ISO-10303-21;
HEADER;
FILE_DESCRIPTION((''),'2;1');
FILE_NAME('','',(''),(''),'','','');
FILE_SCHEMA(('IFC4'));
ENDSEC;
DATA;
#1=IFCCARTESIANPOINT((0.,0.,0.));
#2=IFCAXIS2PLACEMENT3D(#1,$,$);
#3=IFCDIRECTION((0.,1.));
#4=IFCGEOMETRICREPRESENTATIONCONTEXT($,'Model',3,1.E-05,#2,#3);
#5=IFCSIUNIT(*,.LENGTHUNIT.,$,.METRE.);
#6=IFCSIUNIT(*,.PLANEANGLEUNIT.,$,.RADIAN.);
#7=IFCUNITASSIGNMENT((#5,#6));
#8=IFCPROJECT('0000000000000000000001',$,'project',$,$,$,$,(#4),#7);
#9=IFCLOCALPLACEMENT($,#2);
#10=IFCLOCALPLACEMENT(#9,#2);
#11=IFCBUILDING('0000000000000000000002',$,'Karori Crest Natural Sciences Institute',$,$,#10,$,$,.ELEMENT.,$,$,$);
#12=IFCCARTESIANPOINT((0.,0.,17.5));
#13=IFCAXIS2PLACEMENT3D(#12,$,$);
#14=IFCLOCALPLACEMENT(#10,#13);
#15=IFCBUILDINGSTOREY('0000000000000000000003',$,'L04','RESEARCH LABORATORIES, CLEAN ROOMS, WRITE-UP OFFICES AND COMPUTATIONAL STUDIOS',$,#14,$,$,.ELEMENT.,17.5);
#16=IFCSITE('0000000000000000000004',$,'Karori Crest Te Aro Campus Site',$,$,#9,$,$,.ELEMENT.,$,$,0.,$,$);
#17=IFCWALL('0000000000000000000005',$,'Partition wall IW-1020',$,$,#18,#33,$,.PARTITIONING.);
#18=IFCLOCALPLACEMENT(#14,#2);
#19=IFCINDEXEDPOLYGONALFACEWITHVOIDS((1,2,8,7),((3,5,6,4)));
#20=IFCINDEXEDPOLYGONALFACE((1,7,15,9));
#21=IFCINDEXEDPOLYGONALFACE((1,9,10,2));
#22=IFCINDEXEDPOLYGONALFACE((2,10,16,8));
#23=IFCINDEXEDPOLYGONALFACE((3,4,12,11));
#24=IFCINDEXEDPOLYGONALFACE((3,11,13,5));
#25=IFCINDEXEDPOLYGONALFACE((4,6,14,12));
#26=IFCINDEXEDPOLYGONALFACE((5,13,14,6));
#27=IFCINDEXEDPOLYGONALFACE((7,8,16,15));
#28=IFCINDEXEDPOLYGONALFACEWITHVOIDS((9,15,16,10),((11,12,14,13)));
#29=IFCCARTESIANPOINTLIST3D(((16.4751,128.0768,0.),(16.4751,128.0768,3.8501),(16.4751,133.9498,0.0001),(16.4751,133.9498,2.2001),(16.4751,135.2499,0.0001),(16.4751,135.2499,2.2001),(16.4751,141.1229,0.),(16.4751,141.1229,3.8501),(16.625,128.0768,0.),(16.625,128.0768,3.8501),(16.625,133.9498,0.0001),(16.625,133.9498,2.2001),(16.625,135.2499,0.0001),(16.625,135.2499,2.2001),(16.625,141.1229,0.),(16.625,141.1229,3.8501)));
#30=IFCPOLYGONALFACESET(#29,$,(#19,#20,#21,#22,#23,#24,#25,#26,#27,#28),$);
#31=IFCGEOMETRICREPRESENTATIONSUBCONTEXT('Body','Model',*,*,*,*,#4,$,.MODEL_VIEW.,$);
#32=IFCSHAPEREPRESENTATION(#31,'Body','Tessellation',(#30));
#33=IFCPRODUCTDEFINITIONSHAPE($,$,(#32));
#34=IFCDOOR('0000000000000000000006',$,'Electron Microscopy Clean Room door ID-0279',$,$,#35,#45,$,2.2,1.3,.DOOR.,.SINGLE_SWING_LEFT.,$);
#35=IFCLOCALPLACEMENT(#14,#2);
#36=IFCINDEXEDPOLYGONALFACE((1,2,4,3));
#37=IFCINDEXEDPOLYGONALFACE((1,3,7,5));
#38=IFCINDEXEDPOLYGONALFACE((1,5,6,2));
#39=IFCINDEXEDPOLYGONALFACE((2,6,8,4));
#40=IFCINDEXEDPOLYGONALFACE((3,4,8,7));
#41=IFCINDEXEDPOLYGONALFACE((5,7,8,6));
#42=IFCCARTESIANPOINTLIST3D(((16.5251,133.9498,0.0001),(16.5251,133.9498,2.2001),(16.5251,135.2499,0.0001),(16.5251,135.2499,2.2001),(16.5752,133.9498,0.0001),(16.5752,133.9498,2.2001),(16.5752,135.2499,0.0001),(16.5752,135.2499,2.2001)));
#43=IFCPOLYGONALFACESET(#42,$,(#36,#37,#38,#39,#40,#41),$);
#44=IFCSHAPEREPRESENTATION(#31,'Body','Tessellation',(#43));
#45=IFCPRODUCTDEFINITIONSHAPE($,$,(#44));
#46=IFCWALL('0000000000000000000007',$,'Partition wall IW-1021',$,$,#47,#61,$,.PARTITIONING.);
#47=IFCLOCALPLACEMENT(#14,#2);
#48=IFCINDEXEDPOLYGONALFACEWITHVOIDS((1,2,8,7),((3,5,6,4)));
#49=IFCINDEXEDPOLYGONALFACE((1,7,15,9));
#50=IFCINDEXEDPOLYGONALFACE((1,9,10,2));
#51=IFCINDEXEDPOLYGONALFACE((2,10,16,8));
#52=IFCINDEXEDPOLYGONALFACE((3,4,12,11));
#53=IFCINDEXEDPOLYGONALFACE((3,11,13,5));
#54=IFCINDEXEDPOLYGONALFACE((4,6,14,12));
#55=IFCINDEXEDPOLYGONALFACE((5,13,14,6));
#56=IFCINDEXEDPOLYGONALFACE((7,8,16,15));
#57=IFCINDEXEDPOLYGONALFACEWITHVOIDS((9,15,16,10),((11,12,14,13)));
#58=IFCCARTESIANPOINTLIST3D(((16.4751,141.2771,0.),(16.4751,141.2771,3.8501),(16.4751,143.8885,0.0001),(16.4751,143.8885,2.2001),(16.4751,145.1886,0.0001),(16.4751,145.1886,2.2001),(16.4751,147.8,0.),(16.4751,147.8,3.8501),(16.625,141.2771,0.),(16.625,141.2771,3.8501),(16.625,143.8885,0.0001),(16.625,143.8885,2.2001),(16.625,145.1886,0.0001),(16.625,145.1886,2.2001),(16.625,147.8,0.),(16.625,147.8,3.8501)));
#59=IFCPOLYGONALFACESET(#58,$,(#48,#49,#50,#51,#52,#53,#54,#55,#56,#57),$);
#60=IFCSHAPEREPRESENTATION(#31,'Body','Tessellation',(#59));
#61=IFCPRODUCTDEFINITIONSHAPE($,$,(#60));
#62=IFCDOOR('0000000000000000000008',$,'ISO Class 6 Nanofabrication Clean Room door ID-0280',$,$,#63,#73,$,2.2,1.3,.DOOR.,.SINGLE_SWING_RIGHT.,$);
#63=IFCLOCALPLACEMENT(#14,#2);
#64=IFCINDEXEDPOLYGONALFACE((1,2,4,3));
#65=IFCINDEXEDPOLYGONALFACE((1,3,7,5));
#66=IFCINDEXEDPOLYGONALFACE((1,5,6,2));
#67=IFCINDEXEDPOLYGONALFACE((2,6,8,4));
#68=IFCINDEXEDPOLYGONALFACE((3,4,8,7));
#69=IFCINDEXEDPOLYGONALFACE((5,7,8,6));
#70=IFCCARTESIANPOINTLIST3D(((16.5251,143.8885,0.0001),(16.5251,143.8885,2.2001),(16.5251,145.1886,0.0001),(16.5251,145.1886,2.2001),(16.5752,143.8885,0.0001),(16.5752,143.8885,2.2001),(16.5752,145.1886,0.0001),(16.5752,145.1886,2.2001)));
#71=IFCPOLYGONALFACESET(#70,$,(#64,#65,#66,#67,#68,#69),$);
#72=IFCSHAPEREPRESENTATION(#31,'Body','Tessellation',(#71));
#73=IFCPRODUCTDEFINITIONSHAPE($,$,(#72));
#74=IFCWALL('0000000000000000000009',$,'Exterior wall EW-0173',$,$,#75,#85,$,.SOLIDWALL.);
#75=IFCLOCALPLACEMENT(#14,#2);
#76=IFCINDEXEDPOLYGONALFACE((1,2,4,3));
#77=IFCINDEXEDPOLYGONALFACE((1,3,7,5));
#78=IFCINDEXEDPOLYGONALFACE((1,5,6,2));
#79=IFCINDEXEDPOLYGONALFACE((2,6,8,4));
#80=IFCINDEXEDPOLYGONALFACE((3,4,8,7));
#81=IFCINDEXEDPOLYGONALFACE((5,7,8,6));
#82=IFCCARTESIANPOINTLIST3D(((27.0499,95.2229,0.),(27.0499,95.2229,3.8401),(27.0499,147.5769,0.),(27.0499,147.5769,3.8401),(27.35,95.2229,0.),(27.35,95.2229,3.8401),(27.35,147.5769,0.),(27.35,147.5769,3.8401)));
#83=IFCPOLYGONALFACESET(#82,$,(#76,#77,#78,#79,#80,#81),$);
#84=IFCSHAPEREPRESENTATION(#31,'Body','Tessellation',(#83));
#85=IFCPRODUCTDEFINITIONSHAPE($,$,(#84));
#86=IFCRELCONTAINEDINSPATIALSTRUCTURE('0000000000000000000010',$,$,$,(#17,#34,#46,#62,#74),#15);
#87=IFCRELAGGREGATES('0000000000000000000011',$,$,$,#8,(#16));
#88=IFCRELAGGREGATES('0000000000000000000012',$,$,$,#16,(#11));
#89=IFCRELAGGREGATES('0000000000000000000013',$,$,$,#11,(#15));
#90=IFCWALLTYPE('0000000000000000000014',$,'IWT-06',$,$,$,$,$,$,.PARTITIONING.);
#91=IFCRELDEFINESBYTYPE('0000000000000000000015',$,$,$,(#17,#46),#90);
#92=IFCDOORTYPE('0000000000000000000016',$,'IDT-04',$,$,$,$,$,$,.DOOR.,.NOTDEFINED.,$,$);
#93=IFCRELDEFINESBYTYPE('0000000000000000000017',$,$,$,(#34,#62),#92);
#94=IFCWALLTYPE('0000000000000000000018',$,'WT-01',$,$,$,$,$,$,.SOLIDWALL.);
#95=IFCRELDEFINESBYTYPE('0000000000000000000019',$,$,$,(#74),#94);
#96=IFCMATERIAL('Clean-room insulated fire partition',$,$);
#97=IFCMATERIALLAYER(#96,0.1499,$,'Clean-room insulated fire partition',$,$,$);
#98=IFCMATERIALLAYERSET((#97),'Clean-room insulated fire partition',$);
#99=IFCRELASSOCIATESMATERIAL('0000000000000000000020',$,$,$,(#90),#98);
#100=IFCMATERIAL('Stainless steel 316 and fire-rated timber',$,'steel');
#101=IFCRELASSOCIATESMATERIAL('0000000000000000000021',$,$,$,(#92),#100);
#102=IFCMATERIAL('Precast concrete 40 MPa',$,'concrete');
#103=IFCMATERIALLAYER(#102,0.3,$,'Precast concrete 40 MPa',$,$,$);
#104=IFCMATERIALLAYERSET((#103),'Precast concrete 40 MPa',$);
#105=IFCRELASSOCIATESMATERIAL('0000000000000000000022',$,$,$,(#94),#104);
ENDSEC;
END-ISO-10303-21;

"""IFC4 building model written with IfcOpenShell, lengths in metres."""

from ifc_helpers import new_model, si_unit, direction, frame, frame_2d, origin, place, context, subcontext, project, spatial, rectangle, extrude, material, layer, layer_set, type_object, element, fill, save


model = new_model("IFC4")

# Units and contexts
model_context = context("Model", 3, precision=1e-05, world=origin(), true_north=direction((0.0, 1.0)))
body_context = subcontext(model_context, "Body", "Model", "MODEL_VIEW")
ifc_project = project(units=[si_unit("LENGTHUNIT", "METRE"), si_unit("PLANEANGLEUNIT", "RADIAN")], contexts=[model_context])

# Site, building, storey
site_placement = place(None, origin())
site = spatial("IfcSite", under=ifc_project, at=site_placement, Name="Karori Crest Te Aro Campus Site", CompositionType="ELEMENT", RefElevation=0.0)
building_placement = place(site_placement, origin())
building = spatial("IfcBuilding", under=site, at=building_placement, Name="Karori Crest Natural Sciences Institute", CompositionType="ELEMENT")
storey_placement = place(building_placement, frame((0.0, 0.0, 17.5)))
storey = spatial("IfcBuildingStorey", under=building, at=storey_placement, Name="L04", Description="RESEARCH LABORATORIES, CLEAN ROOMS, WRITE-UP OFFICES AND COMPUTATIONAL STUDIOS", CompositionType="ELEMENT", Elevation=17.5)

# Shared definitions
ifc_material_1 = material(Name="Clean-room insulated fire partition")
ifc_layer_1 = layer(ifc_material_1, 0.1499, Name="Clean-room insulated fire partition")
ifc_layer_set_1 = layer_set([ifc_layer_1], Name="Clean-room insulated fire partition")
wall_type_1 = type_object("IfcWallType", Name="IWT-06", PredefinedType="PARTITIONING", material=ifc_layer_set_1)

# Walls, openings, doors
wall_1_placement = place(storey_placement, frame((16.55, 128.0769, 0.0), z_axis=(0.0, 0.0, 1.0), x_axis=(0.0, 1.0, 0.0)))
wall_1 = element("IfcWall", 1, at=wall_1_placement, inside=storey, type_object=wall_type_1, Name="Partition wall IW-1020", PredefinedType="PARTITIONING", context=body_context, shape_type="SweptSolid", body=[
    extrude(rectangle(XDim=13.0461, YDim=0.1499, at=frame_2d((6.5229, 0.0))), origin(), (0.0, 0.0, 1.0), 3.8501),
])
opening_1_placement = place(wall_1_placement, frame((5.873, 0.0, 0.0)))
opening_1 = element("IfcOpeningElement", 2, at=opening_1_placement, cuts=wall_1, PredefinedType="OPENING", context=body_context, shape_type="SweptSolid", body=[
    extrude(rectangle(XDim=1.3, YDim=2.2, at=frame_2d((0.6499, 1.1001))), frame((0.0, 0.085, 0.0), z_axis=(0.0, -1.0, 0.0), x_axis=(1.0, 0.0, 0.0)), (0.0, 0.0, 1.0), 0.1699),
])
ifc_material_2 = material(Name="Stainless steel 316 and fire-rated timber", Category="steel")
door_type = type_object("IfcDoorType", Name="IDT-04", OperationType="NOTDEFINED", PredefinedType="DOOR", material=ifc_material_2)
door_1_placement = place(opening_1_placement, origin())
door_1 = element("IfcDoor", 3, at=door_1_placement, inside=storey, type_object=door_type, Name="Electron Microscopy Clean Room door ID-0279", OperationType="SINGLE_SWING_LEFT", OverallHeight=2.2, OverallWidth=1.3, PredefinedType="DOOR", context=body_context, shape_type="SweptSolid", body=[
    extrude(rectangle(XDim=1.3, YDim=2.2, at=frame_2d((0.6499, 1.1001))), frame((0.0, 0.0249, 0.0), z_axis=(0.0, -1.0, 0.0), x_axis=(1.0, 0.0, 0.0)), (0.0, 0.0, 1.0), 0.05),
])
fill(opening_1, door_1)
wall_2_placement = place(storey_placement, frame((16.55, 141.2771, 0.0), z_axis=(0.0, 0.0, 1.0), x_axis=(0.0, 1.0, 0.0)))
wall_2 = element("IfcWall", 4, at=wall_2_placement, inside=storey, type_object=wall_type_1, Name="Partition wall IW-1021", PredefinedType="PARTITIONING", context=body_context, shape_type="SweptSolid", body=[
    extrude(rectangle(XDim=6.5229, YDim=0.1499, at=frame_2d((3.2615, 0.0))), origin(), (0.0, 0.0, 1.0), 3.8501),
])
opening_2_placement = place(wall_2_placement, frame((2.6116, 0.0, 0.0)))
opening_2 = element("IfcOpeningElement", 5, at=opening_2_placement, cuts=wall_2, PredefinedType="OPENING", context=body_context, shape_type="SweptSolid", body=[
    extrude(rectangle(XDim=1.3, YDim=2.2, at=frame_2d((0.6499, 1.1001))), frame((0.0, 0.085, 0.0), z_axis=(0.0, -1.0, 0.0), x_axis=(1.0, 0.0, 0.0)), (0.0, 0.0, 1.0), 0.1699),
])
door_2_placement = place(opening_2_placement, origin())
door_2 = element("IfcDoor", 6, at=door_2_placement, inside=storey, type_object=door_type, Name="ISO Class 6 Nanofabrication Clean Room door ID-0280", OperationType="SINGLE_SWING_RIGHT", OverallHeight=2.2, OverallWidth=1.3, PredefinedType="DOOR", context=body_context, shape_type="SweptSolid", body=[
    extrude(rectangle(XDim=1.3, YDim=2.2, at=frame_2d((0.6499, 1.1001))), frame((0.0, 0.0249, 0.0), z_axis=(0.0, -1.0, 0.0), x_axis=(1.0, 0.0, 0.0)), (0.0, 0.0, 1.0), 0.05),
])
fill(opening_2, door_2)

# Wall
ifc_material_3 = material(Name="Precast concrete 40 MPa", Category="concrete")
ifc_layer_2 = layer(ifc_material_3, 0.3, Name="Precast concrete 40 MPa")
ifc_layer_set_2 = layer_set([ifc_layer_2], Name="Precast concrete 40 MPa")
wall_type_2 = type_object("IfcWallType", Name="WT-01", PredefinedType="SOLIDWALL", material=ifc_layer_set_2)
wall_3_placement = place(storey_placement, frame((27.2, 147.5769, 0.0), z_axis=(0.0, 0.0, 1.0), x_axis=(0.0, -1.0, 0.0)))
element("IfcWall", 7, at=wall_3_placement, inside=storey, type_object=wall_type_2, Name="Exterior wall EW-0173", PredefinedType="SOLIDWALL", context=body_context, shape_type="SweptSolid", body=[
    extrude(rectangle(XDim=52.354, YDim=0.3, at=frame_2d((26.177, 0.0))), origin(), (0.0, 0.0, 1.0), 3.8401),
])

save(model, "model.ifc")
